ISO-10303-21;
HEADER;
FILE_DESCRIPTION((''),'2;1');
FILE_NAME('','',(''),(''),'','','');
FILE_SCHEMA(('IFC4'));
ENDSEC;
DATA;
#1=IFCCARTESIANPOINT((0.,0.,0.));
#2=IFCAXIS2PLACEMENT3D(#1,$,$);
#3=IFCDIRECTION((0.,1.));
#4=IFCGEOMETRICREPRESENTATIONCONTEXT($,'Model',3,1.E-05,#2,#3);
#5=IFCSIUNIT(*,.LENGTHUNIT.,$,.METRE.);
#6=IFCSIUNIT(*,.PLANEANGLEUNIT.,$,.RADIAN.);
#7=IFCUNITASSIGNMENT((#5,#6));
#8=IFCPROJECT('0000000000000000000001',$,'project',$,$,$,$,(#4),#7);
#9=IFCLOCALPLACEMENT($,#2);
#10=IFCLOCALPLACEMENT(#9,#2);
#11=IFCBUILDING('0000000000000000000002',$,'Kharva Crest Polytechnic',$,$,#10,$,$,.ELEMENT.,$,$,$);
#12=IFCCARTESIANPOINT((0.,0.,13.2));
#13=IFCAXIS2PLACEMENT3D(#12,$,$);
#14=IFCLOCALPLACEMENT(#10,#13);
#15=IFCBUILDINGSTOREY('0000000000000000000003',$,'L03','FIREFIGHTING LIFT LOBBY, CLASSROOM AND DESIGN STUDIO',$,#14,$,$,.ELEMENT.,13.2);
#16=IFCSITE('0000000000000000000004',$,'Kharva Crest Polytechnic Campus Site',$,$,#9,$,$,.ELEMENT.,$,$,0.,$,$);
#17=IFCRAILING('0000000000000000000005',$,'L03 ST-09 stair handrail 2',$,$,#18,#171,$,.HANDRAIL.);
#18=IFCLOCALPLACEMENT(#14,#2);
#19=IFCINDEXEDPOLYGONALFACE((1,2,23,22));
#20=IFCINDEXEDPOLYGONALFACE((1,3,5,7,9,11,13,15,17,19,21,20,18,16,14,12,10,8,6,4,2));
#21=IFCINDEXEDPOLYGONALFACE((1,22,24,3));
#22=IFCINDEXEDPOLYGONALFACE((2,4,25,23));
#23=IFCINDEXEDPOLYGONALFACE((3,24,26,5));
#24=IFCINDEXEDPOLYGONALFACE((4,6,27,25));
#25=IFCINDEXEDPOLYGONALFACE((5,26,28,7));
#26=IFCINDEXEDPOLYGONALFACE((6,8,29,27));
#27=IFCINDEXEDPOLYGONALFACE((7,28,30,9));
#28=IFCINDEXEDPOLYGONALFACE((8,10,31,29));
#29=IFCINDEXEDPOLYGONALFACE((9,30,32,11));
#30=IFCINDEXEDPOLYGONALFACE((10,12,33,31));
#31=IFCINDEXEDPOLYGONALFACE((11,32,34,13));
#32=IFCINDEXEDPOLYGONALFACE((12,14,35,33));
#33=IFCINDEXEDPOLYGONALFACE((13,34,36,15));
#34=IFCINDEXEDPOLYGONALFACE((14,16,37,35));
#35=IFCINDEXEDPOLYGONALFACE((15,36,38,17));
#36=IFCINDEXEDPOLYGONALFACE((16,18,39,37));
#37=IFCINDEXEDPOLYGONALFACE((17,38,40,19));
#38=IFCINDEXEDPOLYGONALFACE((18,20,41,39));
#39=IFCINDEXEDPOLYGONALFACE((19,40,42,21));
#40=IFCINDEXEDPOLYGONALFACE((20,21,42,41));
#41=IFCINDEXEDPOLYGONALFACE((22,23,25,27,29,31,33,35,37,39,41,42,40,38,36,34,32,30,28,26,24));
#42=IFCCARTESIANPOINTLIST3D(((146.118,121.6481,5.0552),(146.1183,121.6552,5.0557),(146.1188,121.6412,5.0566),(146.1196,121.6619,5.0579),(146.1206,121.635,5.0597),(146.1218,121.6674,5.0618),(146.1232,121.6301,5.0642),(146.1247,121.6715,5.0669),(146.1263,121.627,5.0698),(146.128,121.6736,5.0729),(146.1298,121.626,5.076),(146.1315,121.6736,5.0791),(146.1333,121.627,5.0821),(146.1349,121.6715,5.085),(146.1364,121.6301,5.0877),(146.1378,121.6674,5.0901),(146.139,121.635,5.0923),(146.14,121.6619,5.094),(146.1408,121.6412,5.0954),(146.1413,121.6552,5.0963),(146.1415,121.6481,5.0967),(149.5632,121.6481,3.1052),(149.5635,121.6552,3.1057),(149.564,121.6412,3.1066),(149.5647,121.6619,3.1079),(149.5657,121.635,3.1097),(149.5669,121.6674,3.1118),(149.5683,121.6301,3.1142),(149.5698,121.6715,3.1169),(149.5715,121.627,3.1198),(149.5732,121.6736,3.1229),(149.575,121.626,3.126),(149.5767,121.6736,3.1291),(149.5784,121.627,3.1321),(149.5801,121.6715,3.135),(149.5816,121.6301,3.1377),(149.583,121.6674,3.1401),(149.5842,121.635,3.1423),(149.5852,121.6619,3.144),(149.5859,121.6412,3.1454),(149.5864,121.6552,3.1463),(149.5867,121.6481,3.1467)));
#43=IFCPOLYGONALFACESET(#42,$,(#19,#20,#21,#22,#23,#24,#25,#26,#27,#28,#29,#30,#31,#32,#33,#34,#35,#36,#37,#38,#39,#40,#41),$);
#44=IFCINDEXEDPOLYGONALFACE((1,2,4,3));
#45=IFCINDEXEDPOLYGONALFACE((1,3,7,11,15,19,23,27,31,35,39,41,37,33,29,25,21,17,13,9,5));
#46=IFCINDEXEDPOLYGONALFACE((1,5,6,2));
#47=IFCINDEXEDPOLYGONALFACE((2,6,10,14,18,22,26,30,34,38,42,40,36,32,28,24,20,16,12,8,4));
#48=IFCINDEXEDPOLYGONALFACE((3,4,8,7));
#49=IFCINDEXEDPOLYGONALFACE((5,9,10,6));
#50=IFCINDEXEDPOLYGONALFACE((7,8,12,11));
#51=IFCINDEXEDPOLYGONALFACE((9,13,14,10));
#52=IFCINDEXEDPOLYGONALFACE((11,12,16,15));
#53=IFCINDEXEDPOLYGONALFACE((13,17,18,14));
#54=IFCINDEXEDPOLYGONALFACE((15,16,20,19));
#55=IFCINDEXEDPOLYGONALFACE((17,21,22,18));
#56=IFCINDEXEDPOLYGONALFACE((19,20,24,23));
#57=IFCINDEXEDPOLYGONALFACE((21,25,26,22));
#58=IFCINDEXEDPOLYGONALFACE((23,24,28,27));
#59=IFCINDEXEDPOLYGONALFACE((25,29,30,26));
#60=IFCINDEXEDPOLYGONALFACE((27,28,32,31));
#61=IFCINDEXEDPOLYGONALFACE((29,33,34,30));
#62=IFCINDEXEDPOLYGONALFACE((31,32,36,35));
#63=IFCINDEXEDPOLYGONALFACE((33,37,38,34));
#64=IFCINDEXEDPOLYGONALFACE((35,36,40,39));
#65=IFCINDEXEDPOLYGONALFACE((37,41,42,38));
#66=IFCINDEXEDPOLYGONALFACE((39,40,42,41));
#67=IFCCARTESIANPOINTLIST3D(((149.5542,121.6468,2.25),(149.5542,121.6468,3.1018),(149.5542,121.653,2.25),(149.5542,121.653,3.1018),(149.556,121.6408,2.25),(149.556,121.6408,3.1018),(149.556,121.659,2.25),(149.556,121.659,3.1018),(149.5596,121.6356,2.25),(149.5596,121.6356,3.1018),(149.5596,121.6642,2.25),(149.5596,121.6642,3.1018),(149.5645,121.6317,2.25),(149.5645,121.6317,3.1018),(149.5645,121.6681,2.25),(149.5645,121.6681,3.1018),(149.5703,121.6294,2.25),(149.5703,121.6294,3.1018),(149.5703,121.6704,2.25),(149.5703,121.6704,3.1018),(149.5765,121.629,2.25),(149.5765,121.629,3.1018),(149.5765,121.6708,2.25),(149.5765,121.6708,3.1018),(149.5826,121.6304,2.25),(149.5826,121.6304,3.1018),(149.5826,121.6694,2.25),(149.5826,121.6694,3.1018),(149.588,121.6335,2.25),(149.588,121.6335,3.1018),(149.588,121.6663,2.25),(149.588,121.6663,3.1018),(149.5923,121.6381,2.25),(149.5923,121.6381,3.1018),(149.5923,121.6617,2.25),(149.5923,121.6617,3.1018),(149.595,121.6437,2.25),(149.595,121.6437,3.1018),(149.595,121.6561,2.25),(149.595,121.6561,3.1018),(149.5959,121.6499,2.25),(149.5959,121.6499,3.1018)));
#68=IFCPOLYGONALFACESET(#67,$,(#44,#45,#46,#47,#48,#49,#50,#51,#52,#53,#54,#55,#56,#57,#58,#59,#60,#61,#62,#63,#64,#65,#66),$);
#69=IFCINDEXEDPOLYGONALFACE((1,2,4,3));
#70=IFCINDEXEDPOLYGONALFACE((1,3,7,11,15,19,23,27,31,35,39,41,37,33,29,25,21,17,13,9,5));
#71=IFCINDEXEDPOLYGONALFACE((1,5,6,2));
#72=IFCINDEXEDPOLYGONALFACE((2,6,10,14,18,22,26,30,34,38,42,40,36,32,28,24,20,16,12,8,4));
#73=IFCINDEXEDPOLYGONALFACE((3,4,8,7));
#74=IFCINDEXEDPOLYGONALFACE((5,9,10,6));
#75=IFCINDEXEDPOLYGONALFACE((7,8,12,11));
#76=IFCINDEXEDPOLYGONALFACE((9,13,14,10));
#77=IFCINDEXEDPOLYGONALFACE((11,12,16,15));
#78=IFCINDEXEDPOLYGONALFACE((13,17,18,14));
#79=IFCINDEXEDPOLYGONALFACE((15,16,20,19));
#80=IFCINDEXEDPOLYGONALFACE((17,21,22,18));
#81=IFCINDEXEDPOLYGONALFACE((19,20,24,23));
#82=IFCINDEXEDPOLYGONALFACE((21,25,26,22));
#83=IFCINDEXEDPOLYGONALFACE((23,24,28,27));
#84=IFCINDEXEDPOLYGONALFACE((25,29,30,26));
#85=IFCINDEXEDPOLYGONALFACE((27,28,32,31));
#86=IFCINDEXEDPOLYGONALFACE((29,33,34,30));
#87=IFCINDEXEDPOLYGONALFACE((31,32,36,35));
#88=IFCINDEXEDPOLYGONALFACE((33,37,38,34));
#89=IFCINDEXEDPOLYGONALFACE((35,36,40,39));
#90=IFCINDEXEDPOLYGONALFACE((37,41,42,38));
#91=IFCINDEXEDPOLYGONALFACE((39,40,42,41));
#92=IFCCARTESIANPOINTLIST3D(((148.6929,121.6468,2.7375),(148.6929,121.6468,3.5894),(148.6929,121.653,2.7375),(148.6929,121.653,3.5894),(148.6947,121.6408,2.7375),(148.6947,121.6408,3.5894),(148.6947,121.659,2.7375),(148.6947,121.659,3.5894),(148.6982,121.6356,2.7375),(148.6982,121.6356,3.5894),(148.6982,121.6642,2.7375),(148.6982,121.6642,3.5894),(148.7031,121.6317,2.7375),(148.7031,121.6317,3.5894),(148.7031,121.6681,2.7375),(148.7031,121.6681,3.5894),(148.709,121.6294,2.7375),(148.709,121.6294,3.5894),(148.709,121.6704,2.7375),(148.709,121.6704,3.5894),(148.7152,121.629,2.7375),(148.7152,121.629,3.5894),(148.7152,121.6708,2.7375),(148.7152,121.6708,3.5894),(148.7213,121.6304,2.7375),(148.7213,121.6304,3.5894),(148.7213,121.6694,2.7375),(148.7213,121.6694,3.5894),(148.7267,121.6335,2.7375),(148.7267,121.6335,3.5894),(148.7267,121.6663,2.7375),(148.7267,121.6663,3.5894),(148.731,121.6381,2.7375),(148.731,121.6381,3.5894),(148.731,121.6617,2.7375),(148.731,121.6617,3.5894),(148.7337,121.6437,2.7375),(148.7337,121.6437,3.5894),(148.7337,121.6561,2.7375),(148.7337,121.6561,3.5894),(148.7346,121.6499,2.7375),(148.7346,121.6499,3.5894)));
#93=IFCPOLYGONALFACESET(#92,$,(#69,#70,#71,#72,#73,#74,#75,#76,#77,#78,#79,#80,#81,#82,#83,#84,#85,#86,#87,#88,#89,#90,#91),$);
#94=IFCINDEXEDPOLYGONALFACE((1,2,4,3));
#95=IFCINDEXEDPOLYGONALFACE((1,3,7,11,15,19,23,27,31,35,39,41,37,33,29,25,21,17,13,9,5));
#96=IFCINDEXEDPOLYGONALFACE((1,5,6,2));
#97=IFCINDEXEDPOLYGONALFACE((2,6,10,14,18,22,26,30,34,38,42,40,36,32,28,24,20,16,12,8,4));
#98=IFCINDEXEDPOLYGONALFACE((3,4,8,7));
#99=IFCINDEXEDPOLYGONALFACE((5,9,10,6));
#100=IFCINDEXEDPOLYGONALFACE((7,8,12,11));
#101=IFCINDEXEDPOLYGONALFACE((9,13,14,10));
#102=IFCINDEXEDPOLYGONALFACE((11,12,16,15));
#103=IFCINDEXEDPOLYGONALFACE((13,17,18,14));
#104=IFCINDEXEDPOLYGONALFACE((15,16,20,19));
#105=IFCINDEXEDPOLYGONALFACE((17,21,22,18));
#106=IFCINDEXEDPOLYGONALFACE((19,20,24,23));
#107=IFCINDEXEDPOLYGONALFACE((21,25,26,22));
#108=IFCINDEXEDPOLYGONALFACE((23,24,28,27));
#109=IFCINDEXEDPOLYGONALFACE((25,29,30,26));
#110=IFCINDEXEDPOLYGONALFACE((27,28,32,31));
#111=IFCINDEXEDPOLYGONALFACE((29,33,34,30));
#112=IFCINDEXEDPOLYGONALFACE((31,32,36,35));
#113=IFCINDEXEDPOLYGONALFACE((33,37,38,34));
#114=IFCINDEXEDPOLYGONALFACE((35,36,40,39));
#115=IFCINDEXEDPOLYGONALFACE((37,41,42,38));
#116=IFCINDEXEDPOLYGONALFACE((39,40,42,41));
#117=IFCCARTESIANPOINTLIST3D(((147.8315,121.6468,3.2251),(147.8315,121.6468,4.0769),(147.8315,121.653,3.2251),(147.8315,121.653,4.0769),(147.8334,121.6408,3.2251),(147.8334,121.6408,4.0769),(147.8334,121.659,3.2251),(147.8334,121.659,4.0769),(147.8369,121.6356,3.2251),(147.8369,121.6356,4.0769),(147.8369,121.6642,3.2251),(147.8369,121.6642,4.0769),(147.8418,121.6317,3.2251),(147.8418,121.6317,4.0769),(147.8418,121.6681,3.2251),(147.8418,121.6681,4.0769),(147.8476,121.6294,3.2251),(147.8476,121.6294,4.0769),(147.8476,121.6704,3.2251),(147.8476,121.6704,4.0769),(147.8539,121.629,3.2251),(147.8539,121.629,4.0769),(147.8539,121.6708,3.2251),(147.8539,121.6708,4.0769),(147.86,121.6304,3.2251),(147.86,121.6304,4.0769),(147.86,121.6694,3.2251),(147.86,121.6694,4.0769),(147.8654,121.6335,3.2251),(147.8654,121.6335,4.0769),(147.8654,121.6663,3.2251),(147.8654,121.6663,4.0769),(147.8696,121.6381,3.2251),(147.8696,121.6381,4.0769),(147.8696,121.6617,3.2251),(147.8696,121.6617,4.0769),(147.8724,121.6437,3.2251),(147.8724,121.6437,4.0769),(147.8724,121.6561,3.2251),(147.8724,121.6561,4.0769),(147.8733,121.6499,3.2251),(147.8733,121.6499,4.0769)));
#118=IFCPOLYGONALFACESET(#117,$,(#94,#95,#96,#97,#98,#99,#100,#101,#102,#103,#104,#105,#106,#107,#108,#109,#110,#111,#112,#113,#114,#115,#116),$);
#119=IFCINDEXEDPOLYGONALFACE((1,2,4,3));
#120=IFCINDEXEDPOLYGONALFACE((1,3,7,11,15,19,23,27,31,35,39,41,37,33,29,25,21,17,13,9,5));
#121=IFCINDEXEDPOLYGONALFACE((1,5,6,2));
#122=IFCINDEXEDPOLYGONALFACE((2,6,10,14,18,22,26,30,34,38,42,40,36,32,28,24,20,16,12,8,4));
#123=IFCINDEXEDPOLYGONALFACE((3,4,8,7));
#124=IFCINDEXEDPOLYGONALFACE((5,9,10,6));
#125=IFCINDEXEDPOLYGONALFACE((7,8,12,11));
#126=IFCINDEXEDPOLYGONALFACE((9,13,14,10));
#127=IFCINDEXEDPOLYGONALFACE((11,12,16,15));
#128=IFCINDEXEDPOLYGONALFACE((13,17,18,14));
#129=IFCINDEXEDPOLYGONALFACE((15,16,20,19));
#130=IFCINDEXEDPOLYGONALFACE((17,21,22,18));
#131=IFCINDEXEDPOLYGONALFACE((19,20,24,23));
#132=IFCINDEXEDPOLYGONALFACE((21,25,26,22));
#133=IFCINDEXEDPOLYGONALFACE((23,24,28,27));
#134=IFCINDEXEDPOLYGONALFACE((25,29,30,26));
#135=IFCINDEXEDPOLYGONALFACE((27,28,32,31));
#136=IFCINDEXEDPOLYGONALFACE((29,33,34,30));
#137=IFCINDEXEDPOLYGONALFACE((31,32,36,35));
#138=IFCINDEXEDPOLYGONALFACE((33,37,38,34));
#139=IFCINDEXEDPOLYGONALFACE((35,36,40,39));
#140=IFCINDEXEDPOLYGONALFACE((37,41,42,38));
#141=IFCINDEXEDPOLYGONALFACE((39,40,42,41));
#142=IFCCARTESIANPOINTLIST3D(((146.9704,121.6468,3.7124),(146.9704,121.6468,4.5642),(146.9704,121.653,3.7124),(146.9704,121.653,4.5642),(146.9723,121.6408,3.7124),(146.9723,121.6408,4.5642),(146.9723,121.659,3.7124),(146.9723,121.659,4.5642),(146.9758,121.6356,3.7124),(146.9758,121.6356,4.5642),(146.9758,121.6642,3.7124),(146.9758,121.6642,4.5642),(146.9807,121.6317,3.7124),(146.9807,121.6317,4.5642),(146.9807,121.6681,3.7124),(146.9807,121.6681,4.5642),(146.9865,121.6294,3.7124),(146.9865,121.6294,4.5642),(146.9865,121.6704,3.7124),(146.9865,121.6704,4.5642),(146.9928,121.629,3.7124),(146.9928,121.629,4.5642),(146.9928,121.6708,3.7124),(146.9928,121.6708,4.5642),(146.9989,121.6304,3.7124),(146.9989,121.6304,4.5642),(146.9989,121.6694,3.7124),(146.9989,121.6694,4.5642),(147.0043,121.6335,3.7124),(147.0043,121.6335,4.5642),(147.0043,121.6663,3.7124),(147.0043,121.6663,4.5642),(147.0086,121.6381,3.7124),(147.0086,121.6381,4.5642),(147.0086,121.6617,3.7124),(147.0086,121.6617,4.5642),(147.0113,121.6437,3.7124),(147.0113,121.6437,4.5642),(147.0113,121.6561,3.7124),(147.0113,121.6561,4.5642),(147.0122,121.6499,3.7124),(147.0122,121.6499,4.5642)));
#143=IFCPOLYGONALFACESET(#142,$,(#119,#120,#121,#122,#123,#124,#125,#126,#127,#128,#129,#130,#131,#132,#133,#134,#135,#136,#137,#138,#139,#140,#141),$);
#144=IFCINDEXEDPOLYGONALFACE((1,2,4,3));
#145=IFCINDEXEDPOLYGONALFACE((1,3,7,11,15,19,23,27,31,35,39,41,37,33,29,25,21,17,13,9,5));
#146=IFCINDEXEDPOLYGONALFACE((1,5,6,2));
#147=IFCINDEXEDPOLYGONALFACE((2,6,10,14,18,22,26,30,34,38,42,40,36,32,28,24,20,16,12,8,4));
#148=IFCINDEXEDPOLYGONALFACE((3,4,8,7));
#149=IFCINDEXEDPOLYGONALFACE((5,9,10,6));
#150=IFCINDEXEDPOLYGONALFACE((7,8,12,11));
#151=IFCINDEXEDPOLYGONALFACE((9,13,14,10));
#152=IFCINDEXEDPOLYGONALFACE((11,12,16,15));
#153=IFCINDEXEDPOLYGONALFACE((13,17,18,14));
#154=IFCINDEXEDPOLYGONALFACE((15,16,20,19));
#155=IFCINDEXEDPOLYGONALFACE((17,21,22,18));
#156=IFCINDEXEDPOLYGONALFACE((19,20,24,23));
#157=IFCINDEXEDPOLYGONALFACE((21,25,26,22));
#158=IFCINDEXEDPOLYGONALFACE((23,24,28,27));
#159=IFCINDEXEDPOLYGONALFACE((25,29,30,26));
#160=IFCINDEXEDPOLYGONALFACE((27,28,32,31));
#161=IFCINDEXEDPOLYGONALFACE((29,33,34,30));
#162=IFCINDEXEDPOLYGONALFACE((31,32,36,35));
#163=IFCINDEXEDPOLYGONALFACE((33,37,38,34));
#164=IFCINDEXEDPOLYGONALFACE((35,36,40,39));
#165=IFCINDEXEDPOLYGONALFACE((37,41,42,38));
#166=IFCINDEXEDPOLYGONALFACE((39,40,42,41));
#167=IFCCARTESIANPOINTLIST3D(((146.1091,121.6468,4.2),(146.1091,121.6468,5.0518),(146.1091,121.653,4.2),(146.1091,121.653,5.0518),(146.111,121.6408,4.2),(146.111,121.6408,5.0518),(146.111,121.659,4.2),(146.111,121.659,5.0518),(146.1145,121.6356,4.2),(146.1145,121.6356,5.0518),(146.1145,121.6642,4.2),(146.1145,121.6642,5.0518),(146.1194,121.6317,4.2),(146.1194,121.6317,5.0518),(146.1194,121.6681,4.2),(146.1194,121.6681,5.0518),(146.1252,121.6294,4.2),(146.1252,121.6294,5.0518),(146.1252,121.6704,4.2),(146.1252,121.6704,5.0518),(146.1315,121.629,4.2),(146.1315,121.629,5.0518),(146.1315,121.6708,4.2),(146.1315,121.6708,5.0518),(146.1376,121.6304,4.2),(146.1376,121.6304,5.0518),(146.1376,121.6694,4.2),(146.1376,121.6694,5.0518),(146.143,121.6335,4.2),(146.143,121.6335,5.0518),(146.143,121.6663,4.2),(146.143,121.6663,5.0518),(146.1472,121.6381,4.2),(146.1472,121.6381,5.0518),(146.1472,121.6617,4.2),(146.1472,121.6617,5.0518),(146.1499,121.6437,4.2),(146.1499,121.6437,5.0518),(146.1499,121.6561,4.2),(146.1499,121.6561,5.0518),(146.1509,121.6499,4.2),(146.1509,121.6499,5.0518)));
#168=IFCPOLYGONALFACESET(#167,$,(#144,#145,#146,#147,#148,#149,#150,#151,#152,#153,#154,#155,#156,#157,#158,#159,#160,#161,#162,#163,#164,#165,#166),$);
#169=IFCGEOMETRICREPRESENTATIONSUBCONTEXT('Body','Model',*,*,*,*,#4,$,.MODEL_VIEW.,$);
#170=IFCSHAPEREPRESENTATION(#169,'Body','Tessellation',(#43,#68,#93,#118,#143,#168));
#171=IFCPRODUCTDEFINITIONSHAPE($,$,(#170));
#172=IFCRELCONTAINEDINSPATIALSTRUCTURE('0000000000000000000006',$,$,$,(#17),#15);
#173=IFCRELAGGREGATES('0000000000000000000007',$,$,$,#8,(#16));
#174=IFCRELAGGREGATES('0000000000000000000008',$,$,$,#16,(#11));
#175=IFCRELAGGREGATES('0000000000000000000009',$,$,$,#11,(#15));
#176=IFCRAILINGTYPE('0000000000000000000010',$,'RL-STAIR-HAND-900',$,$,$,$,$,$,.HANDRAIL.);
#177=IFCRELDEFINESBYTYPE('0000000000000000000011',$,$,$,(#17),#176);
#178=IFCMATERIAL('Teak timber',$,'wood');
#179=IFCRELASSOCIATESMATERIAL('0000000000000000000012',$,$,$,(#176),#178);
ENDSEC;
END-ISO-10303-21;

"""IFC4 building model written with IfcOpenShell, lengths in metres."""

from ifc_helpers import new_model, si_unit, direction, frame, origin, origin_2d, place, context, subcontext, project, spatial, circle, extrude, material, type_object, element, save


model = new_model("IFC4")

# Units and contexts
model_context = context("Model", 3, precision=1e-05, world=origin(), true_north=direction((0.0, 1.0)))
body_context = subcontext(model_context, "Body", "Model", "MODEL_VIEW")
ifc_project = project(units=[si_unit("LENGTHUNIT", "METRE"), si_unit("PLANEANGLEUNIT", "RADIAN")], contexts=[model_context])

# Site, building, storey
site_placement = place(None, origin())
site = spatial("IfcSite", under=ifc_project, at=site_placement, Name="Kharva Crest Polytechnic Campus Site", CompositionType="ELEMENT", RefElevation=0.0)
building_placement = place(site_placement, origin())
building = spatial("IfcBuilding", under=site, at=building_placement, Name="Kharva Crest Polytechnic", CompositionType="ELEMENT")
storey_placement = place(building_placement, frame((0.0, 0.0, 13.2)))
storey = spatial("IfcBuildingStorey", under=building, at=storey_placement, Name="L03", Description="FIREFIGHTING LIFT LOBBY, CLASSROOM AND DESIGN STUDIO", CompositionType="ELEMENT", Elevation=13.2)

# Railing
ifc_material_1 = material(Name="Teak timber", Category="wood")
railing_type = type_object("IfcRailingType", Name="RL-STAIR-HAND-900", PredefinedType="HANDRAIL", material=ifc_material_1)
railing_placement = place(storey_placement, frame((149.575, 121.6499, 2.25)))
element("IfcRailing", 1, at=railing_placement, inside=storey, type_object=railing_type, Name="L03 ST-09 stair handrail 2", PredefinedType="HANDRAIL", context=body_context, shape_type="SweptSolid", body=[
    extrude(circle(Radius=0.0239, at=origin_2d()), frame((0.0, 0.0, 0.876), z_axis=(-0.870266, 0.0, 0.492581), x_axis=(0.0, -1.0, 0.0)), (0.0, 0.0, 1.0), 3.9587),
    extrude(circle(Radius=0.021, at=origin_2d()), origin(), (0.0, 0.0, 1.0), 0.8518),
    extrude(circle(Radius=0.021, at=origin_2d()), frame((-0.8613, 0.0, 0.4875)), (0.0, 0.0, 1.0), 0.8518),
    extrude(circle(Radius=0.021, at=origin_2d()), frame((-1.7227, 0.0, 0.9751)), (0.0, 0.0, 1.0), 0.8518),
    extrude(circle(Radius=0.021, at=origin_2d()), frame((-2.5837, 0.0, 1.4624)), (0.0, 0.0, 1.0), 0.8518),
    extrude(circle(Radius=0.021, at=origin_2d()), frame((-3.4451, 0.0, 1.95)), (0.0, 0.0, 1.0), 0.8518),
])

save(model, "model.ifc")
